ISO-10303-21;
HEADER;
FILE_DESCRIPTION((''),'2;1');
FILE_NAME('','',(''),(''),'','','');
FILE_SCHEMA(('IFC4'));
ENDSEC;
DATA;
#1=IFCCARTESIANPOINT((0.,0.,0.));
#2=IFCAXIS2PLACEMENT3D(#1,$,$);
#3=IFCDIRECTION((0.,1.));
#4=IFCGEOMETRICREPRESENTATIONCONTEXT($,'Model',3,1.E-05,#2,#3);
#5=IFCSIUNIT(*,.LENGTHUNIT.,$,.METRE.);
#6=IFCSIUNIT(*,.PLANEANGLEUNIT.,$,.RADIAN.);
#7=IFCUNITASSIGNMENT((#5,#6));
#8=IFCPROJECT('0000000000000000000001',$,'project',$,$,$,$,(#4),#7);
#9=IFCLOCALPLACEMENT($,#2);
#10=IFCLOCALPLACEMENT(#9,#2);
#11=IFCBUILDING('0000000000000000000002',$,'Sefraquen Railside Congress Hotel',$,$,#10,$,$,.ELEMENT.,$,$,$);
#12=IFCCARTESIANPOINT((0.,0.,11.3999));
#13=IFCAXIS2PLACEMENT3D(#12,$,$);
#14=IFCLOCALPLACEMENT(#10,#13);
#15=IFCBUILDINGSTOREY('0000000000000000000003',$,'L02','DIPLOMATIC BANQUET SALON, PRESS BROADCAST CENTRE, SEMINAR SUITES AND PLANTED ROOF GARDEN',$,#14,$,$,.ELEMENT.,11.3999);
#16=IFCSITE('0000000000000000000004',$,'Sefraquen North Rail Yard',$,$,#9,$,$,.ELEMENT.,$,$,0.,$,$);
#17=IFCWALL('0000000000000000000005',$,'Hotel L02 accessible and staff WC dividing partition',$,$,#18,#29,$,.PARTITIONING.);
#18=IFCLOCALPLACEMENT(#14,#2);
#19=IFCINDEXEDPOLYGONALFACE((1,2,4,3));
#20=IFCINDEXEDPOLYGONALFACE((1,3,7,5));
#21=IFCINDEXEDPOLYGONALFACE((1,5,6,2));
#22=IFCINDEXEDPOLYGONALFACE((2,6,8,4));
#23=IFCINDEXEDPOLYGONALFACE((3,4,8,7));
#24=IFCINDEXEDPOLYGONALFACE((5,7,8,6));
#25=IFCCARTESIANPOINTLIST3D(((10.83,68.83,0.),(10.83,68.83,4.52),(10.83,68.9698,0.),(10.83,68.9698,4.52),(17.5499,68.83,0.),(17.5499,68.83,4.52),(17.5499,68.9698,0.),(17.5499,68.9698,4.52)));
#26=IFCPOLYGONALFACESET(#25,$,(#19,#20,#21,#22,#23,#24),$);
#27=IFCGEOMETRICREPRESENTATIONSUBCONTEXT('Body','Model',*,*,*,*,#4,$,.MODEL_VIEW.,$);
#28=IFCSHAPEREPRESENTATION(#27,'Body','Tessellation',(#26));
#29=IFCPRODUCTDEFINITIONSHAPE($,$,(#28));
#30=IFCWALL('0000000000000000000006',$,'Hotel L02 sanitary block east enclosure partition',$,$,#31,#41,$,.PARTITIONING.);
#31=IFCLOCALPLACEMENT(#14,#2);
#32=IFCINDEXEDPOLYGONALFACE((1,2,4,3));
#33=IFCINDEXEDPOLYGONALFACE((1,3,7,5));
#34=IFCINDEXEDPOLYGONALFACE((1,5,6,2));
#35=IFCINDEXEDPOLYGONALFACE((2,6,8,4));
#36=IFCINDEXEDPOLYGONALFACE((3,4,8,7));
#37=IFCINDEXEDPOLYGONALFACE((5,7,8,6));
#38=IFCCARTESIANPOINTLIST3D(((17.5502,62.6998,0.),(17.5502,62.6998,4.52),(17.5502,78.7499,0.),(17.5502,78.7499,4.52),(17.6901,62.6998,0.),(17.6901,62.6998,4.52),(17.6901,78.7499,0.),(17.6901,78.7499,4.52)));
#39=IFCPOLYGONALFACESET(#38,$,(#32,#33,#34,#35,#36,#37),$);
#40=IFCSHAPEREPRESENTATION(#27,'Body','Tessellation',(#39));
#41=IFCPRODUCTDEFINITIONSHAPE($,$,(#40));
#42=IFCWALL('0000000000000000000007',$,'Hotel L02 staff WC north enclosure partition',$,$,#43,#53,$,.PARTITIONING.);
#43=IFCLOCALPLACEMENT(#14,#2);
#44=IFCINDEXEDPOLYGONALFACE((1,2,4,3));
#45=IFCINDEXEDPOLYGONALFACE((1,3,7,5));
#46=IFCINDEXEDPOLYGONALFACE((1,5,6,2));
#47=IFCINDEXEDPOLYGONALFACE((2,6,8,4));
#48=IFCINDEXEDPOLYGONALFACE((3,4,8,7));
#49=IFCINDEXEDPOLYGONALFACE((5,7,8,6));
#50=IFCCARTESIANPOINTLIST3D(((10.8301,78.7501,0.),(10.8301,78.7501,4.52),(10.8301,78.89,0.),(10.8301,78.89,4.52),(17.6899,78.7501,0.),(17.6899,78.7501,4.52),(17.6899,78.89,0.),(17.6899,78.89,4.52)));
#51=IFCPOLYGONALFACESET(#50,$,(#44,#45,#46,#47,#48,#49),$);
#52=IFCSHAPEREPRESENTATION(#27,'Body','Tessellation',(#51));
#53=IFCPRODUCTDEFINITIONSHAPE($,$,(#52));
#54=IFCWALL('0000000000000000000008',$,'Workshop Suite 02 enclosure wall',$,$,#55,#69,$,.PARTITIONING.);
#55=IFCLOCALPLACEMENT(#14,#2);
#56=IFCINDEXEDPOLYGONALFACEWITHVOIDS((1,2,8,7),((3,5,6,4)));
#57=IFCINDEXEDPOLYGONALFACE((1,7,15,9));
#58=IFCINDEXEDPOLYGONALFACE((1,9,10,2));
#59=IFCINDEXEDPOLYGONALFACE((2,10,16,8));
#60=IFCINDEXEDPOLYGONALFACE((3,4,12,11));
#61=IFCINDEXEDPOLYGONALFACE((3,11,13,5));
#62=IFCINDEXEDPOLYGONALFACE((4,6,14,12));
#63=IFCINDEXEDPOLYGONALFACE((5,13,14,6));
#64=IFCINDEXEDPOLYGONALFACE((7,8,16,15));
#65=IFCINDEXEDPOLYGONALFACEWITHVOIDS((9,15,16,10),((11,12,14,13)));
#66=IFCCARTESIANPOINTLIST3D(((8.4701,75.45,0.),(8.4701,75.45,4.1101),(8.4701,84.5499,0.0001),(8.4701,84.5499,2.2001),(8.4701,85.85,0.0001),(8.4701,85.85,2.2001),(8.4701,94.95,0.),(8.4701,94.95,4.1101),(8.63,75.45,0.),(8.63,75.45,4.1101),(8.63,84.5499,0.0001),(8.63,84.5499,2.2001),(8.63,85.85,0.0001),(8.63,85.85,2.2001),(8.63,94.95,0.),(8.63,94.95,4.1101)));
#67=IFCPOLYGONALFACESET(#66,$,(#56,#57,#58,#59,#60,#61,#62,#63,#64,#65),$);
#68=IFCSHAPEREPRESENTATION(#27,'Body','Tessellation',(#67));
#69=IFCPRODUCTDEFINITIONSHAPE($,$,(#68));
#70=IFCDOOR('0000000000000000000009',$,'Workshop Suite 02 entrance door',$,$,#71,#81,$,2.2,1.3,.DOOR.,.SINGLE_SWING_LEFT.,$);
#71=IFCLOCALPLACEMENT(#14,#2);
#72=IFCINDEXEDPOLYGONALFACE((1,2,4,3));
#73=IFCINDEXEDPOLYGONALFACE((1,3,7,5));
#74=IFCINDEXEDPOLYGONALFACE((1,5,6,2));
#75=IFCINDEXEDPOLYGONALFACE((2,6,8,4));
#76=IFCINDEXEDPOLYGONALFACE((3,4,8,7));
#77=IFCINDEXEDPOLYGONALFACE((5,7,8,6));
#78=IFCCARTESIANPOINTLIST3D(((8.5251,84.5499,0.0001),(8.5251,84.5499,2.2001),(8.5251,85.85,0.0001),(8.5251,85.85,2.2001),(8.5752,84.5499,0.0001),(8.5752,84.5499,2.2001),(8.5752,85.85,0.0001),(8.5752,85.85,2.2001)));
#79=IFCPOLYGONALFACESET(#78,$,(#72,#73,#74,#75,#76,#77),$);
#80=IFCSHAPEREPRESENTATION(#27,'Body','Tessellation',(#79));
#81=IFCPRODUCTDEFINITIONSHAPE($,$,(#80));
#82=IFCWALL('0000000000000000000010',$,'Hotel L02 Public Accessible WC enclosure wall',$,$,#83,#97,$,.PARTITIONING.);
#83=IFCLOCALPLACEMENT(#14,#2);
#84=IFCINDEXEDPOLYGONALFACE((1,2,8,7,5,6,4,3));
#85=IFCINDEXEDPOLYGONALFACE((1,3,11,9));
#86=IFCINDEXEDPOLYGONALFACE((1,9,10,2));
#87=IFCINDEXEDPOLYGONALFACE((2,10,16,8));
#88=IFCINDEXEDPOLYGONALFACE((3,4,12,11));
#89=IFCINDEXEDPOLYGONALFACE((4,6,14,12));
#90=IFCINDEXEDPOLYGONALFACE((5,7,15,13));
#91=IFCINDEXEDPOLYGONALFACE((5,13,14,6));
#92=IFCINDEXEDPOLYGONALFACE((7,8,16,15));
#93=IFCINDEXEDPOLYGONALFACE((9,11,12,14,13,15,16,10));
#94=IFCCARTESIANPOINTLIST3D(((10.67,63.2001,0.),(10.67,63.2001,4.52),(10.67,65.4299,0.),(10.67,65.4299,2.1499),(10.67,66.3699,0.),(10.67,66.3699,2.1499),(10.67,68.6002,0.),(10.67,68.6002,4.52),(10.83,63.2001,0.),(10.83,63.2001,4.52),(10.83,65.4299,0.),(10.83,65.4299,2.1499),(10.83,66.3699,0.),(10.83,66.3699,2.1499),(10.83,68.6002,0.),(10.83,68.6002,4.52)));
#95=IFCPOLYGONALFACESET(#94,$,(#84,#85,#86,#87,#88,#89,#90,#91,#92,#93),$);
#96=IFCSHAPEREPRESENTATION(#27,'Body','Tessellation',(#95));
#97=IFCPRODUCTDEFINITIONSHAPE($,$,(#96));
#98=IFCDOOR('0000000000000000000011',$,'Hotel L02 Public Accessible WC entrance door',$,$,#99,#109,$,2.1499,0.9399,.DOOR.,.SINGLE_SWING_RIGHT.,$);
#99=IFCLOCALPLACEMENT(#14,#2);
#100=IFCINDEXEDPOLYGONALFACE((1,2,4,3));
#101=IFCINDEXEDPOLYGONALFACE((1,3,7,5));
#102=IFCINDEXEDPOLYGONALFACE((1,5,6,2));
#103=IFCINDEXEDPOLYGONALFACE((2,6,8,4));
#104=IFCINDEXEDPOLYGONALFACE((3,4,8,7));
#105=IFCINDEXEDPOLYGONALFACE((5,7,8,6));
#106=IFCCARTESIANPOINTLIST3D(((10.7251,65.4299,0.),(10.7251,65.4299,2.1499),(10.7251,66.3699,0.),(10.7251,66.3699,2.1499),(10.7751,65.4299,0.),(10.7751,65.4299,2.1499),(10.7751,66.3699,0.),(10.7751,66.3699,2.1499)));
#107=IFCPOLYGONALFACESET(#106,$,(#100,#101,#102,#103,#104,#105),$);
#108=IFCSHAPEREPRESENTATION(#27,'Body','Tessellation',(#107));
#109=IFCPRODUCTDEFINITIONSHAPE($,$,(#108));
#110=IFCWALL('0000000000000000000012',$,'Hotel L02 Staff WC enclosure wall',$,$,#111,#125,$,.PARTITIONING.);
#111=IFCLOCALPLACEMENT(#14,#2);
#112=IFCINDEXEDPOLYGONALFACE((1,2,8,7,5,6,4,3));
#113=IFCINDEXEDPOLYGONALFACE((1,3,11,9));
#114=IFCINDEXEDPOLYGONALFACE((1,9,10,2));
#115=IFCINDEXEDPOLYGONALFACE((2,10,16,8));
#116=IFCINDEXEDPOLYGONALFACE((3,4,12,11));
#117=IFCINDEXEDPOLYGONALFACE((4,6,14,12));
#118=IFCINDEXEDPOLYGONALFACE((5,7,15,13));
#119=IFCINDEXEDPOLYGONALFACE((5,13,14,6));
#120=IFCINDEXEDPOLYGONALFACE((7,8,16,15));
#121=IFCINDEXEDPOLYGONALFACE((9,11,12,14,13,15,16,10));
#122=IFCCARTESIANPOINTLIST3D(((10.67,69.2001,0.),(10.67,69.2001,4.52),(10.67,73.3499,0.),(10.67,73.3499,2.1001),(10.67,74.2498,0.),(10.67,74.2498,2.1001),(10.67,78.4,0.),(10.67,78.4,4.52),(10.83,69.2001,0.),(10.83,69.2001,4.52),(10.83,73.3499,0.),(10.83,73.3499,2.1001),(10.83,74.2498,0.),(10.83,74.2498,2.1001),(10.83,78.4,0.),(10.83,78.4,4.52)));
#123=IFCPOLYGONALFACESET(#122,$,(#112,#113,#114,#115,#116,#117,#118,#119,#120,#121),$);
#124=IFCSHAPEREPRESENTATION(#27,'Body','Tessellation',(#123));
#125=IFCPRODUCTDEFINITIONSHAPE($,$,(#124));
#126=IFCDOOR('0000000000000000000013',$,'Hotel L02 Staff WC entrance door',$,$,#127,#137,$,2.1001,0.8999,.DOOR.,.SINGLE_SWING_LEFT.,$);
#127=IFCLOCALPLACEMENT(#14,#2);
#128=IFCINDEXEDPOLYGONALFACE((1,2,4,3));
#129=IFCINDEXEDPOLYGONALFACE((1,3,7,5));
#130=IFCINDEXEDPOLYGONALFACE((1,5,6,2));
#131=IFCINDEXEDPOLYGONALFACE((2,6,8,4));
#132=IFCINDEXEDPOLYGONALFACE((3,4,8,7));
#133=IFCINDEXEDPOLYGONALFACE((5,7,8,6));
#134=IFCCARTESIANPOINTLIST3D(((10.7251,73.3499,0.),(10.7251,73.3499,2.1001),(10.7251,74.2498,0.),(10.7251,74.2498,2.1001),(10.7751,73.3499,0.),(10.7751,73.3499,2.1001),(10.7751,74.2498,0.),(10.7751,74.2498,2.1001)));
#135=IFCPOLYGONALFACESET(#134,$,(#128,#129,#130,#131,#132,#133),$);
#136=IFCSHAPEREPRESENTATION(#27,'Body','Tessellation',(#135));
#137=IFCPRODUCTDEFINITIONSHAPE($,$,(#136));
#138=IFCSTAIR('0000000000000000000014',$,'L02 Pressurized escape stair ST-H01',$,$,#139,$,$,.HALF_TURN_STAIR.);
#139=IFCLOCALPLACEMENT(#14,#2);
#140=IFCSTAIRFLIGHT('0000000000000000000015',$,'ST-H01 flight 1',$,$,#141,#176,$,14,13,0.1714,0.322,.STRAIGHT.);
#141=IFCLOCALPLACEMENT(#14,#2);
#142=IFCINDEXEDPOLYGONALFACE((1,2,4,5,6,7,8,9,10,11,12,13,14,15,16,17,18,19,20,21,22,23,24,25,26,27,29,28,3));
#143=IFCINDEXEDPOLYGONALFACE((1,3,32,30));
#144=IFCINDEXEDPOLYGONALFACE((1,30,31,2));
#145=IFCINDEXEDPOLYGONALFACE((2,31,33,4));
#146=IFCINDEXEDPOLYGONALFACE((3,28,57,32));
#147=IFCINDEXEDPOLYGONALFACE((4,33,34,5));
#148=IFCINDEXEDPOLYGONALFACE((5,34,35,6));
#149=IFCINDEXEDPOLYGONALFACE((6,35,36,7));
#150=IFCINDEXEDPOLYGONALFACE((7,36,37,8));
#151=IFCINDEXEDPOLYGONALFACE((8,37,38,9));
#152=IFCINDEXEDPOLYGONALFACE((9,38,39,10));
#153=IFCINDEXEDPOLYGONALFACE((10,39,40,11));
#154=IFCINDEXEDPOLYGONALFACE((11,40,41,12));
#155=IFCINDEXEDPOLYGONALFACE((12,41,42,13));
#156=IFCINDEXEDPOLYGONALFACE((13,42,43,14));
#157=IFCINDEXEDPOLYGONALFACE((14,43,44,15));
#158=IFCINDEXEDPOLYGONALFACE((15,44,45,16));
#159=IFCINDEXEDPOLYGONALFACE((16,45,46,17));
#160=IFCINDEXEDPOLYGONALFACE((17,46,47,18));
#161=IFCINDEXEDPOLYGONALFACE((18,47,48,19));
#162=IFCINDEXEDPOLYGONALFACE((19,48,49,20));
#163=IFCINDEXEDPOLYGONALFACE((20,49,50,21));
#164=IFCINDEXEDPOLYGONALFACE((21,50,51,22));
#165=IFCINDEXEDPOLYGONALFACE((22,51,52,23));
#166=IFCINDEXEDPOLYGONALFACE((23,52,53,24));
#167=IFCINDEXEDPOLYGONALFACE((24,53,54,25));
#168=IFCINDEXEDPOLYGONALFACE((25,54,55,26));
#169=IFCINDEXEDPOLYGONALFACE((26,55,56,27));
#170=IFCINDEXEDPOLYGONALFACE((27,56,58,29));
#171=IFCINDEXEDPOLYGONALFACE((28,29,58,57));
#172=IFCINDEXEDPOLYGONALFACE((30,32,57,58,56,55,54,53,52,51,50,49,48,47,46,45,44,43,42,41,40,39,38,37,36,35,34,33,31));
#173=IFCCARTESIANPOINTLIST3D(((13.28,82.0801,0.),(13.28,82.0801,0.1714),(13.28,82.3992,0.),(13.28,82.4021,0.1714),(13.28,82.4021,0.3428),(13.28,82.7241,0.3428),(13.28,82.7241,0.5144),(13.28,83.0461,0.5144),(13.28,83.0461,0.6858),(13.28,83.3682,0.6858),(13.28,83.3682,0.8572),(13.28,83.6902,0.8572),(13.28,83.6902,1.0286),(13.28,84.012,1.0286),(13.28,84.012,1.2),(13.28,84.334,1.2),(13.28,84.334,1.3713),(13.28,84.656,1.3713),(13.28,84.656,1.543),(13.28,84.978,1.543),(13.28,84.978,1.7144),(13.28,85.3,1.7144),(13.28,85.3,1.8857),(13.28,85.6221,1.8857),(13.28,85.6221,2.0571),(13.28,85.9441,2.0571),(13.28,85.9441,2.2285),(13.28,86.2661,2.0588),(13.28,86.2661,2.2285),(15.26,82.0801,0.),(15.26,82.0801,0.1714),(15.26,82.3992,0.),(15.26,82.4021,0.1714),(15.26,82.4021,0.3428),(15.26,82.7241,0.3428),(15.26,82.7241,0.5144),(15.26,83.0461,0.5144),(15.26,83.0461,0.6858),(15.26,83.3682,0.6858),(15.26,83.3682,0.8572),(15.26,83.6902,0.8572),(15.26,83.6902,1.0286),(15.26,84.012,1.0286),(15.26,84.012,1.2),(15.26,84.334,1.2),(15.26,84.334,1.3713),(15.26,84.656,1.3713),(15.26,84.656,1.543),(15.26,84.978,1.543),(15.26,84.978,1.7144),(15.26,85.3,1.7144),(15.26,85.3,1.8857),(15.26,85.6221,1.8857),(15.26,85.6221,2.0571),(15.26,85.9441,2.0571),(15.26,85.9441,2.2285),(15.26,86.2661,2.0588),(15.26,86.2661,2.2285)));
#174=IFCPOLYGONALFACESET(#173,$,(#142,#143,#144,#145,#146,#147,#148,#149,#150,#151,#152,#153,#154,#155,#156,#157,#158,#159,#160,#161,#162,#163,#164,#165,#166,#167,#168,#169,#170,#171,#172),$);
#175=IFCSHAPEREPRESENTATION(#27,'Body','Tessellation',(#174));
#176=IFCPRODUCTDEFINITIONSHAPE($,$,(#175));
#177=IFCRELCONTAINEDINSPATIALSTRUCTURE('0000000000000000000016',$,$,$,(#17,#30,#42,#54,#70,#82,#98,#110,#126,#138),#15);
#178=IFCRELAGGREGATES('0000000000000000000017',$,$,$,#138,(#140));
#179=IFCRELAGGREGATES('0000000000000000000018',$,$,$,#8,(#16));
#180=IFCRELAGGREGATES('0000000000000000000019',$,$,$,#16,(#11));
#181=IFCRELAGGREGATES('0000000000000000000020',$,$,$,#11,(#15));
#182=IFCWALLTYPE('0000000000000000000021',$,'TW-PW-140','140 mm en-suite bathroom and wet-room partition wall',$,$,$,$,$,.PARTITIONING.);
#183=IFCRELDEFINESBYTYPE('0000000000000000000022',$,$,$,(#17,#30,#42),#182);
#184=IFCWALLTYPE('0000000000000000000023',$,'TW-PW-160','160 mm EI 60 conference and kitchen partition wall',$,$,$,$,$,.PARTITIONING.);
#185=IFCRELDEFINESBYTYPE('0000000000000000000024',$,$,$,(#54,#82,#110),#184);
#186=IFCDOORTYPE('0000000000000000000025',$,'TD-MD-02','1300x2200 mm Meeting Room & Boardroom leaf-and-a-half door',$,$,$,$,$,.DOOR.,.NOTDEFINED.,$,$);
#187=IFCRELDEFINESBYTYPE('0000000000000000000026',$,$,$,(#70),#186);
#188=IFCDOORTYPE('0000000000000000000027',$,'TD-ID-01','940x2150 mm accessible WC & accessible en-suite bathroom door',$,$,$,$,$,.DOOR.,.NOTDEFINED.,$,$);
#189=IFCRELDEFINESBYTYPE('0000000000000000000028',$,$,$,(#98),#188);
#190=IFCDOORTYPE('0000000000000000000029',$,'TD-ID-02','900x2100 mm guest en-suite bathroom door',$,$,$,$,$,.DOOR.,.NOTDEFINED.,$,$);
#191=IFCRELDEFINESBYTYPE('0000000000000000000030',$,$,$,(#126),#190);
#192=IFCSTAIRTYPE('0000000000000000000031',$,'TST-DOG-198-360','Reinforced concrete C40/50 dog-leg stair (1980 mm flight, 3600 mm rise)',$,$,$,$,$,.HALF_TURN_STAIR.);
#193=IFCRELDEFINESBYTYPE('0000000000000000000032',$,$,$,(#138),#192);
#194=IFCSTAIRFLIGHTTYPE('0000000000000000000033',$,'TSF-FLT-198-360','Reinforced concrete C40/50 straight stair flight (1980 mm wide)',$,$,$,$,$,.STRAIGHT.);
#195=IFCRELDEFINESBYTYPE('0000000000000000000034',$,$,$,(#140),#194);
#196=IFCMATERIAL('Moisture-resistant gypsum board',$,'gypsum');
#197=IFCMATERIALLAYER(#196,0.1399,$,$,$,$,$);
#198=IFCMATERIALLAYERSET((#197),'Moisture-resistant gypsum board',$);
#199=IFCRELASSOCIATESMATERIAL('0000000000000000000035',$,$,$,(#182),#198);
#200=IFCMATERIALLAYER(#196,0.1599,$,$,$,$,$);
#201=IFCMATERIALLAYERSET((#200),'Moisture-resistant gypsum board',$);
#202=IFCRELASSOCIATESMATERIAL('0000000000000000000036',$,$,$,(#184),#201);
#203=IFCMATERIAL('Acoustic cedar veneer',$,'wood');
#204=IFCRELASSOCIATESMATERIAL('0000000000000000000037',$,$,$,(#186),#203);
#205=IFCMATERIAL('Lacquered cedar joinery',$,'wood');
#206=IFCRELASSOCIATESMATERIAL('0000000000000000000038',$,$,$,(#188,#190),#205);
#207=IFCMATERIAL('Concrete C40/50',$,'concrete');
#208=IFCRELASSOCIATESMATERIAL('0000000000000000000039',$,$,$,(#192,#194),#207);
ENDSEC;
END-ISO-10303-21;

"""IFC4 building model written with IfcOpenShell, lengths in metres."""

from ifc_helpers import new_model, si_unit, direction, frame, frame_2d, origin, place, context, subcontext, project, spatial, polyline, rectangle, outline, extrude, material, layer, layer_set, type_object, element, fill, aggregate, save


model = new_model("IFC4")

# Units and contexts
model_context = context("Model", 3, precision=1e-05, world=origin(), true_north=direction((0.0, 1.0)))
body_context = subcontext(model_context, "Body", "Model", "MODEL_VIEW")
ifc_project = project(units=[si_unit("LENGTHUNIT", "METRE"), si_unit("PLANEANGLEUNIT", "RADIAN")], contexts=[model_context])

# Site, building, storey
site_placement = place(None, origin())
site = spatial("IfcSite", under=ifc_project, at=site_placement, Name="Sefraquen North Rail Yard", CompositionType="ELEMENT", RefElevation=0.0)
building_placement = place(site_placement, origin())
building = spatial("IfcBuilding", under=site, at=building_placement, Name="Sefraquen Railside Congress Hotel", CompositionType="ELEMENT")
storey_placement = place(building_placement, frame((0.0, 0.0, 11.3999)))
storey = spatial("IfcBuildingStorey", under=building, at=storey_placement, Name="L02", Description="DIPLOMATIC BANQUET SALON, PRESS BROADCAST CENTRE, SEMINAR SUITES AND PLANTED ROOF GARDEN", CompositionType="ELEMENT", Elevation=11.3999)

# Walls
ifc_material_1 = material(Name="Concrete C40/50", Category="concrete")
ifc_material_2 = material(Name="Moisture-resistant gypsum board", Category="gypsum")
ifc_layer_1 = layer(ifc_material_2, 0.1399)
ifc_layer_set_1 = layer_set([ifc_layer_1], Name="Moisture-resistant gypsum board")
wall_type_1 = type_object("IfcWallType", Name="TW-PW-140", Description="140 mm en-suite bathroom and wet-room partition wall", PredefinedType="PARTITIONING", material=ifc_layer_set_1)
wall_1_placement = place(storey_placement, frame((10.8301, 68.8999, 0.0), z_axis=(0.0, 0.0, 1.0), x_axis=(1.0, 0.0, 0.0)))
element("IfcWall", 1, at=wall_1_placement, inside=storey, type_object=wall_type_1, Name="Hotel L02 accessible and staff WC dividing partition", PredefinedType="PARTITIONING", context=body_context, shape_type="SweptSolid", body=[
    extrude(rectangle(XDim=6.72, YDim=0.1399, at=frame_2d((3.3599, 0.0))), origin(), (0.0, 0.0, 1.0), 4.52),
])
wall_2_placement = place(storey_placement, frame((17.6201, 62.7, 0.0), z_axis=(0.0, 0.0, 1.0), x_axis=(0.0, 1.0, 0.0)))
element("IfcWall", 2, at=wall_2_placement, inside=storey, type_object=wall_type_1, Name="Hotel L02 sanitary block east enclosure partition", PredefinedType="PARTITIONING", context=body_context, shape_type="SweptSolid", body=[
    extrude(rectangle(XDim=16.05, YDim=0.1399, at=frame_2d((8.0249, 0.0))), origin(), (0.0, 0.0, 1.0), 4.52),
])
wall_3_placement = place(storey_placement, frame((10.8301, 78.8201, 0.0), z_axis=(0.0, 0.0, 1.0), x_axis=(1.0, 0.0, 0.0)))
element("IfcWall", 3, at=wall_3_placement, inside=storey, type_object=wall_type_1, Name="Hotel L02 staff WC north enclosure partition", PredefinedType="PARTITIONING", context=body_context, shape_type="SweptSolid", body=[
    extrude(rectangle(XDim=6.8599, YDim=0.1399, at=frame_2d((3.4299, 0.0))), origin(), (0.0, 0.0, 1.0), 4.52),
])

# Walls, openings, doors
ifc_layer_2 = layer(ifc_material_2, 0.1599)
ifc_layer_set_2 = layer_set([ifc_layer_2], Name="Moisture-resistant gypsum board")
wall_type_2 = type_object("IfcWallType", Name="TW-PW-160", Description="160 mm EI 60 conference and kitchen partition wall", PredefinedType="PARTITIONING", material=ifc_layer_set_2)
wall_4_placement = place(storey_placement, frame((8.55, 75.45, 0.0), z_axis=(0.0, 0.0, 1.0), x_axis=(0.0, 1.0, 0.0)))
wall_4 = element("IfcWall", 4, at=wall_4_placement, inside=storey, type_object=wall_type_2, Name="Workshop Suite 02 enclosure wall", PredefinedType="PARTITIONING", context=body_context, shape_type="SweptSolid", body=[
    extrude(rectangle(XDim=19.5, YDim=0.1599, at=frame_2d((9.75, 0.0))), origin(), (0.0, 0.0, 1.0), 4.1101),
])
opening_1_placement = place(wall_4_placement, frame((9.1001, 0.0, 0.0)))
opening_1 = element("IfcOpeningElement", 5, at=opening_1_placement, cuts=wall_4, PredefinedType="OPENING", context=body_context, shape_type="SweptSolid", body=[
    extrude(rectangle(XDim=1.3, YDim=2.2, at=frame_2d((0.6499, 1.1001))), frame((0.0, 0.0898, 0.0), z_axis=(0.0, -1.0, 0.0), x_axis=(1.0, 0.0, 0.0)), (0.0, 0.0, 1.0), 0.1799),
])
ifc_material_3 = material(Name="Acoustic cedar veneer", Category="wood")
door_type_1 = type_object("IfcDoorType", Name="TD-MD-02", Description="1300x2200 mm Meeting Room & Boardroom leaf-and-a-half door", OperationType="NOTDEFINED", PredefinedType="DOOR", material=ifc_material_3)
door_1_placement = place(opening_1_placement, origin())
door_1 = element("IfcDoor", 6, at=door_1_placement, inside=storey, type_object=door_type_1, Name="Workshop Suite 02 entrance door", OperationType="SINGLE_SWING_LEFT", OverallHeight=2.2, OverallWidth=1.3, PredefinedType="DOOR", context=body_context, shape_type="SweptSolid", body=[
    extrude(rectangle(XDim=1.3, YDim=2.2, at=frame_2d((0.6499, 1.1001))), frame((0.0, 0.0249, 0.0), z_axis=(0.0, -1.0, 0.0), x_axis=(1.0, 0.0, 0.0)), (0.0, 0.0, 1.0), 0.05),
])
fill(opening_1, door_1)
wall_5_placement = place(storey_placement, frame((10.75, 63.2, 0.0), z_axis=(0.0, 0.0, 1.0), x_axis=(0.0, 1.0, 0.0)))
wall_5 = element("IfcWall", 7, at=wall_5_placement, inside=storey, type_object=wall_type_2, Name="Hotel L02 Public Accessible WC enclosure wall", PredefinedType="PARTITIONING", context=body_context, shape_type="SweptSolid", body=[
    extrude(rectangle(XDim=5.4001, YDim=0.1599, at=frame_2d((2.7002, 0.0))), origin(), (0.0, 0.0, 1.0), 4.52),
])
opening_2_placement = place(wall_5_placement, frame((2.23, 0.0, 0.0)))
opening_2 = element("IfcOpeningElement", 8, at=opening_2_placement, cuts=wall_5, PredefinedType="OPENING", context=body_context, shape_type="SweptSolid", body=[
    extrude(rectangle(XDim=0.9399, YDim=2.1499, at=frame_2d((0.47, 1.075))), frame((0.0, 0.0898, 0.0), z_axis=(0.0, -1.0, 0.0), x_axis=(1.0, 0.0, 0.0)), (0.0, 0.0, 1.0), 0.1799),
])
ifc_material_4 = material(Name="Lacquered cedar joinery", Category="wood")
door_type_2 = type_object("IfcDoorType", Name="TD-ID-01", Description="940x2150 mm accessible WC & accessible en-suite bathroom door", OperationType="NOTDEFINED", PredefinedType="DOOR", material=ifc_material_4)
door_2_placement = place(opening_2_placement, origin())
door_2 = element("IfcDoor", 9, at=door_2_placement, inside=storey, type_object=door_type_2, Name="Hotel L02 Public Accessible WC entrance door", OperationType="SINGLE_SWING_RIGHT", OverallHeight=2.1499, OverallWidth=0.9399, PredefinedType="DOOR", context=body_context, shape_type="SweptSolid", body=[
    extrude(rectangle(XDim=0.9399, YDim=2.1499, at=frame_2d((0.47, 1.075))), frame((0.0, 0.0249, 0.0), z_axis=(0.0, -1.0, 0.0), x_axis=(1.0, 0.0, 0.0)), (0.0, 0.0, 1.0), 0.05),
])
fill(opening_2, door_2)
wall_6_placement = place(storey_placement, frame((10.75, 69.2, 0.0), z_axis=(0.0, 0.0, 1.0), x_axis=(0.0, 1.0, 0.0)))
wall_6 = element("IfcWall", 10, at=wall_6_placement, inside=storey, type_object=wall_type_2, Name="Hotel L02 Staff WC enclosure wall", PredefinedType="PARTITIONING", context=body_context, shape_type="SweptSolid", body=[
    extrude(rectangle(XDim=9.2, YDim=0.1599, at=frame_2d((4.6001, 0.0))), origin(), (0.0, 0.0, 1.0), 4.52),
])
opening_3_placement = place(wall_6_placement, frame((4.1499, 0.0, 0.0)))
opening_3 = element("IfcOpeningElement", 11, at=opening_3_placement, cuts=wall_6, PredefinedType="OPENING", context=body_context, shape_type="SweptSolid", body=[
    extrude(rectangle(XDim=0.8999, YDim=2.1001, at=frame_2d((0.45, 1.05))), frame((0.0, 0.0898, 0.0), z_axis=(0.0, -1.0, 0.0), x_axis=(1.0, 0.0, 0.0)), (0.0, 0.0, 1.0), 0.1799),
])
door_type_3 = type_object("IfcDoorType", Name="TD-ID-02", Description="900x2100 mm guest en-suite bathroom door", OperationType="NOTDEFINED", PredefinedType="DOOR", material=ifc_material_4)
door_3_placement = place(opening_3_placement, origin())
door_3 = element("IfcDoor", 12, at=door_3_placement, inside=storey, type_object=door_type_3, Name="Hotel L02 Staff WC entrance door", OperationType="SINGLE_SWING_LEFT", OverallHeight=2.1001, OverallWidth=0.8999, PredefinedType="DOOR", context=body_context, shape_type="SweptSolid", body=[
    extrude(rectangle(XDim=0.8999, YDim=2.1001, at=frame_2d((0.45, 1.05))), frame((0.0, 0.0249, 0.0), z_axis=(0.0, -1.0, 0.0), x_axis=(1.0, 0.0, 0.0)), (0.0, 0.0, 1.0), 0.05),
])
fill(opening_3, door_3)

# Stair, stair flight
stair_type = type_object("IfcStairType", Name="TST-DOG-198-360", Description="Reinforced concrete C40/50 dog-leg stair (1980 mm flight, 3600 mm rise)", PredefinedType="HALF_TURN_STAIR", material=ifc_material_1)
stair_placement = place(storey_placement, origin())
stair = element("IfcStair", 13, at=stair_placement, inside=storey, type_object=stair_type, Name="L02 Pressurized escape stair ST-H01", PredefinedType="HALF_TURN_STAIR")
stair_flight_type = type_object("IfcStairFlightType", Name="TSF-FLT-198-360", Description="Reinforced concrete C40/50 straight stair flight (1980 mm wide)", PredefinedType="STRAIGHT", material=ifc_material_1)
stair_flight_placement = place(storey_placement, frame((14.27, 82.0801, 0.0), z_axis=(0.0, 0.0, 1.0), x_axis=(0.0, 1.0, 0.0)))
stair_flight = element("IfcStairFlight", 14, at=stair_flight_placement, type_object=stair_flight_type, Name="ST-H01 flight 1", NumberOfRisers=14, NumberOfTreads=13, PredefinedType="STRAIGHT", RiserHeight=0.1714, TreadLength=0.322, context=body_context, shape_type="SweptSolid", body=[
    extrude(outline(polyline([(0.0, 0.0), (0.0, 0.1714), (0.322, 0.1714), (0.322, 0.3428), (0.644, 0.3428), (0.644, 0.5144), (0.9661, 0.5144), (0.9661, 0.6858), (1.2881, 0.6858), (1.2881, 0.8572), (1.6101, 0.8572), (1.6101, 1.0286), (1.9319, 1.0286), (1.9319, 1.2), (2.2539, 1.2), (2.2539, 1.3713), (2.5759, 1.3713), (2.5759, 1.543), (2.8979, 1.543), (2.8979, 1.7144), (3.22, 1.7144), (3.22, 1.8857), (3.542, 1.8857), (3.542, 2.0571), (3.864, 2.0571), (3.864, 2.2285), (4.186, 2.2285), (4.186, 2.3999), (4.186, 2.0588), (0.3191, 0.0), (0.0, 0.0)])), frame((0.0, 0.99, 0.0), z_axis=(0.0, -1.0, 0.0), x_axis=(1.0, 0.0, 0.0)), (0.0, 0.0, 1.0), 1.98),
])
aggregate(stair, [stair_flight])

save(model, "model.ifc")
